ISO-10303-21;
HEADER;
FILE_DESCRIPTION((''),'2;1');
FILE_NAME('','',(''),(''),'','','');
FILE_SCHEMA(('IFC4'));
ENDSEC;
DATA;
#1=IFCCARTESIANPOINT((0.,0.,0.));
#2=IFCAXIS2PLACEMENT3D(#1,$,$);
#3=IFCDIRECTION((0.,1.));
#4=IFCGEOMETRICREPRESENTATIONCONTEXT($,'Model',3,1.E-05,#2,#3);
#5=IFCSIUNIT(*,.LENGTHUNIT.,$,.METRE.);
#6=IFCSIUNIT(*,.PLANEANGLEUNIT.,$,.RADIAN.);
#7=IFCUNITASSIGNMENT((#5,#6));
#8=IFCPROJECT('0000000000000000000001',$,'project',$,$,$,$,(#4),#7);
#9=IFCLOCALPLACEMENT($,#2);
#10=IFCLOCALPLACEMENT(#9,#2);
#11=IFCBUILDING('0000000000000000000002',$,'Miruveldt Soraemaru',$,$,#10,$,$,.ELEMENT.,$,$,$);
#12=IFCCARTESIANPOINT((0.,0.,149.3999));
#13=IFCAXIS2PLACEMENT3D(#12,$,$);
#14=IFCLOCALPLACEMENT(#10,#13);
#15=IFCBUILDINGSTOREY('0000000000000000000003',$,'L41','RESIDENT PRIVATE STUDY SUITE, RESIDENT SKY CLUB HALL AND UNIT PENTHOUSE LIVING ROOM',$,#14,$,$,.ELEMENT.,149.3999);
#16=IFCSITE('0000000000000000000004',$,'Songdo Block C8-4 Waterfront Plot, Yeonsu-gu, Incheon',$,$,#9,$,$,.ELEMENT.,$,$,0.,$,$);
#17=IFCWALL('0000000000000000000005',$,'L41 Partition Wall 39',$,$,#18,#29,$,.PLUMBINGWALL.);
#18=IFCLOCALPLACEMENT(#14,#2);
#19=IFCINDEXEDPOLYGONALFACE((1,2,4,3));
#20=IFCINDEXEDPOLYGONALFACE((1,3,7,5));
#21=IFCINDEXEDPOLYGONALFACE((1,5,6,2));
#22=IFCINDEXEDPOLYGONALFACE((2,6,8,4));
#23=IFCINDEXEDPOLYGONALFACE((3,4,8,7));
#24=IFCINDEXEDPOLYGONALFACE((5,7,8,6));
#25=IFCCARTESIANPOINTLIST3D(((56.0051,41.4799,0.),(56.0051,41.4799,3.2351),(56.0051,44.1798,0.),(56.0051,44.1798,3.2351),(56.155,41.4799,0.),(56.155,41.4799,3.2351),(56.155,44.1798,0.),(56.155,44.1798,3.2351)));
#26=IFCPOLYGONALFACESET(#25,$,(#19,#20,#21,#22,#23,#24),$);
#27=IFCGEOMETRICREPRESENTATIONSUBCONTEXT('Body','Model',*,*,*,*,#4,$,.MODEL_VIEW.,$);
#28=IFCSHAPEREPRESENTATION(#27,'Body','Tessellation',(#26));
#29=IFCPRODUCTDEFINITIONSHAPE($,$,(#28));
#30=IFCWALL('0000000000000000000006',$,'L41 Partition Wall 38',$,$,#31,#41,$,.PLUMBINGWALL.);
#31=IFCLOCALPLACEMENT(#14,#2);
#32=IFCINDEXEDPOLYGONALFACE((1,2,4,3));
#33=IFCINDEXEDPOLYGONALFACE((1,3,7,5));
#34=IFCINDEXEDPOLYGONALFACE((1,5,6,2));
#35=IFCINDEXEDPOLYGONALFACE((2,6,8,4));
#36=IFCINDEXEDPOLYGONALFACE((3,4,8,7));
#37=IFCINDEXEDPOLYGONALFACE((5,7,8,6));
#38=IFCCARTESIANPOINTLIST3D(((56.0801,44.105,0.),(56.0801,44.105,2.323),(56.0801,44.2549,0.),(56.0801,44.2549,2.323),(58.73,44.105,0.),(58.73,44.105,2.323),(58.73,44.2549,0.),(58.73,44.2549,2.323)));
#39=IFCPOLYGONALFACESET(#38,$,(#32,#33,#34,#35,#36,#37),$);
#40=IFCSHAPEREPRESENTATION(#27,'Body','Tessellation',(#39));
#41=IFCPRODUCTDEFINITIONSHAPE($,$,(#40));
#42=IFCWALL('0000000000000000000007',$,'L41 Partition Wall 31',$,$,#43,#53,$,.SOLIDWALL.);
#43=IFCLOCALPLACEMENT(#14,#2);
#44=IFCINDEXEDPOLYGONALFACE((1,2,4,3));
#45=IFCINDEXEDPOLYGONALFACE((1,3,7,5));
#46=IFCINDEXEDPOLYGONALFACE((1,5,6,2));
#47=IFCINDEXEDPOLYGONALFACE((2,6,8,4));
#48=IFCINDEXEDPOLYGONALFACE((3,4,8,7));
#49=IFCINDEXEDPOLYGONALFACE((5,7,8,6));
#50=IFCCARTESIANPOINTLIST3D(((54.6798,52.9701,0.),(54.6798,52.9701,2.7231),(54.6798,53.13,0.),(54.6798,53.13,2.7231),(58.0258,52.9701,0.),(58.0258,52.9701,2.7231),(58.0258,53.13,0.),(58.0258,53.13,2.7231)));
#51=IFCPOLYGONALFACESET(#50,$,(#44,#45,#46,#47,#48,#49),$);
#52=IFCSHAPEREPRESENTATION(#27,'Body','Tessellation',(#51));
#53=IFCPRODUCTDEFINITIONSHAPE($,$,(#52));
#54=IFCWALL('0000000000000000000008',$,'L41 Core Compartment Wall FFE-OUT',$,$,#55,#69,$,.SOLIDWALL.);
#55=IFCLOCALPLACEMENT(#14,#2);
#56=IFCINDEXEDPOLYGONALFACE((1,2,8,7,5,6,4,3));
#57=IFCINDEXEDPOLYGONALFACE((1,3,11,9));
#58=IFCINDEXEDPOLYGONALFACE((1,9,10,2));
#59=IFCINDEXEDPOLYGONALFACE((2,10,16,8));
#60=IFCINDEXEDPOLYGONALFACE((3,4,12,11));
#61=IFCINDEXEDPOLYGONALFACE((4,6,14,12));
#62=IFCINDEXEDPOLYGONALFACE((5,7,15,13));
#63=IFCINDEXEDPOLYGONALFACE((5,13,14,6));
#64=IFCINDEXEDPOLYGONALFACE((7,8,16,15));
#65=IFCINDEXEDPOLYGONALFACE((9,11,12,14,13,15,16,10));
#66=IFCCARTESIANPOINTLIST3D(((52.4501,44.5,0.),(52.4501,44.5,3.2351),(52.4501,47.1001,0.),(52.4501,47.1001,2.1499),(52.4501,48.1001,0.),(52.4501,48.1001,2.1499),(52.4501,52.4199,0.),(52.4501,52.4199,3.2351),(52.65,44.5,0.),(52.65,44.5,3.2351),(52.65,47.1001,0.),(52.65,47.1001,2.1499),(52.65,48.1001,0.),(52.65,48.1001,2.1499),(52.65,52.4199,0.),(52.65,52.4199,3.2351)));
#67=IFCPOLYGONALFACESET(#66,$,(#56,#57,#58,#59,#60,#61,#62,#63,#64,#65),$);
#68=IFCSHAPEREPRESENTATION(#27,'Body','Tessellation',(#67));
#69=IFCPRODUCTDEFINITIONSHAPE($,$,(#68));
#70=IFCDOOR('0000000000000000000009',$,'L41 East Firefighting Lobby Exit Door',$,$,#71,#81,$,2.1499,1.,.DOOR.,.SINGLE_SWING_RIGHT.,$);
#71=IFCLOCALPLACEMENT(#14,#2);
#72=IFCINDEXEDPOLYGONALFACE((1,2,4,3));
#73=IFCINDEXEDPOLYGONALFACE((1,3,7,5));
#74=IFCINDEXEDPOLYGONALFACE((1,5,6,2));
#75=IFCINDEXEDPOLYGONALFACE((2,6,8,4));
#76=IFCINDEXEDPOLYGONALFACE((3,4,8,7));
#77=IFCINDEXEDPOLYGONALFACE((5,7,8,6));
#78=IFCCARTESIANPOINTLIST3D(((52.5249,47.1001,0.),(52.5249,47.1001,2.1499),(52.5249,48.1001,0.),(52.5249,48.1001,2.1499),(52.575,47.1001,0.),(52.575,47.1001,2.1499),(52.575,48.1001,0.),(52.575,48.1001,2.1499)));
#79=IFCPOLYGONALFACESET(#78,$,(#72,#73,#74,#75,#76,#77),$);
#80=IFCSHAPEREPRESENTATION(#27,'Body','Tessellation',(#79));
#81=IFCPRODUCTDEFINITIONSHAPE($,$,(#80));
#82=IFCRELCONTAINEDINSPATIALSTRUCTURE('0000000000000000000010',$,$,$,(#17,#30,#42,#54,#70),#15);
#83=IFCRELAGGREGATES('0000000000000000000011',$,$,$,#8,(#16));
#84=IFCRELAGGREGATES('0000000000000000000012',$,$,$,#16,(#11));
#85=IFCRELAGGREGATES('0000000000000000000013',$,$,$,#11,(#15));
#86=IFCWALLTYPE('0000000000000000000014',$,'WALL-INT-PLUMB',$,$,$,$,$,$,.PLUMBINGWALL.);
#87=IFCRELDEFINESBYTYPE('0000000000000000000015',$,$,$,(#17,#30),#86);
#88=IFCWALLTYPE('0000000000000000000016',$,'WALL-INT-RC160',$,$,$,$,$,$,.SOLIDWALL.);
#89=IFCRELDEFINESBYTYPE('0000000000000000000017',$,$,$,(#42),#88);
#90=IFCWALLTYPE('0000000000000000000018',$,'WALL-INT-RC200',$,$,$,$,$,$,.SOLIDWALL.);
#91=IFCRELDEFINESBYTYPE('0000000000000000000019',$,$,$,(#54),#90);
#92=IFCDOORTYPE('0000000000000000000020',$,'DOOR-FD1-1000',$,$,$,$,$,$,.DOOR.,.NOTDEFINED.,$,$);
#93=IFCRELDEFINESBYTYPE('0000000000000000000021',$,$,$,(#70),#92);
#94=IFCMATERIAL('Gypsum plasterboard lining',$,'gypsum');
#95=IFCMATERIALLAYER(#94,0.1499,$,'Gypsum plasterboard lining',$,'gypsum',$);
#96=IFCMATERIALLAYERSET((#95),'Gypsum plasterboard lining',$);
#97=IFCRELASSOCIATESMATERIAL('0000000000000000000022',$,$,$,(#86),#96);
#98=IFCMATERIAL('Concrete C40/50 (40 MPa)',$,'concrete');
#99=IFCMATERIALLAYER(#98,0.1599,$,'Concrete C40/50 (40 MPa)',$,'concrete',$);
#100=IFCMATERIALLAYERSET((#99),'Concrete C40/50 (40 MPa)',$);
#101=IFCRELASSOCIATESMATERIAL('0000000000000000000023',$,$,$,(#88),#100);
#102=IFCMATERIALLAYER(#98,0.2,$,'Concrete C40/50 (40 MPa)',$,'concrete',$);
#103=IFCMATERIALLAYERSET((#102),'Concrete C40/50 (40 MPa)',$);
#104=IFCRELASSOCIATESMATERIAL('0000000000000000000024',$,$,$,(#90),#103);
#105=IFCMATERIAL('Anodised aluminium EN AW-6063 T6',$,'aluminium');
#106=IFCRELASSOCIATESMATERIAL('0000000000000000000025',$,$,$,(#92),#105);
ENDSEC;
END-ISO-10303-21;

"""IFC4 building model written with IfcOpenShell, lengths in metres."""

from ifc_helpers import new_model, si_unit, direction, frame, frame_2d, origin, place, context, subcontext, project, spatial, rectangle, extrude, material, layer, layer_set, type_object, element, fill, save


model = new_model("IFC4")

# Units and contexts
model_context = context("Model", 3, precision=1e-05, world=origin(), true_north=direction((0.0, 1.0)))
body_context = subcontext(model_context, "Body", "Model", "MODEL_VIEW")
ifc_project = project(units=[si_unit("LENGTHUNIT", "METRE"), si_unit("PLANEANGLEUNIT", "RADIAN")], contexts=[model_context])

# Site, building, storey
site_placement = place(None, origin())
site = spatial("IfcSite", under=ifc_project, at=site_placement, Name="Songdo Block C8-4 Waterfront Plot, Yeonsu-gu, Incheon", CompositionType="ELEMENT", RefElevation=0.0)
building_placement = place(site_placement, origin())
building = spatial("IfcBuilding", under=site, at=building_placement, Name="Miruveldt Soraemaru", CompositionType="ELEMENT")
storey_placement = place(building_placement, frame((0.0, 0.0, 149.3999)))
storey = spatial("IfcBuildingStorey", under=building, at=storey_placement, Name="L41", Description="RESIDENT PRIVATE STUDY SUITE, RESIDENT SKY CLUB HALL AND UNIT PENTHOUSE LIVING ROOM", CompositionType="ELEMENT", Elevation=149.3999)

# Walls
ifc_material_1 = material(Name="Gypsum plasterboard lining", Category="gypsum")
ifc_layer_1 = layer(ifc_material_1, 0.1499, Name="Gypsum plasterboard lining", Category="gypsum")
ifc_layer_set_1 = layer_set([ifc_layer_1], Name="Gypsum plasterboard lining")
wall_type_1 = type_object("IfcWallType", Name="WALL-INT-PLUMB", PredefinedType="PLUMBINGWALL", material=ifc_layer_set_1)
wall_1_placement = place(storey_placement, frame((56.0801, 44.1799, 0.0), z_axis=(0.0, 0.0, 1.0), x_axis=(0.0, -1.0, 0.0)))
element("IfcWall", 1, at=wall_1_placement, inside=storey, type_object=wall_type_1, Name="L41 Partition Wall 39", PredefinedType="PLUMBINGWALL", context=body_context, shape_type="SweptSolid", body=[
    extrude(rectangle(XDim=2.7, YDim=0.1499, at=frame_2d((1.3501, 0.0))), origin(), (0.0, 0.0, 1.0), 3.2351),
])
wall_2_placement = place(storey_placement, frame((58.73, 44.1799, 0.0), z_axis=(0.0, 0.0, 1.0), x_axis=(-1.0, 0.0, 0.0)))
element("IfcWall", 2, at=wall_2_placement, inside=storey, type_object=wall_type_1, Name="L41 Partition Wall 38", PredefinedType="PLUMBINGWALL", context=body_context, shape_type="SweptSolid", body=[
    extrude(rectangle(XDim=2.6499, YDim=0.1499, at=frame_2d((1.325, 0.0))), origin(), (0.0, 0.0, 1.0), 2.323),
])
ifc_material_2 = material(Name="Concrete C40/50 (40 MPa)", Category="concrete")
ifc_layer_2 = layer(ifc_material_2, 0.1599, Name="Concrete C40/50 (40 MPa)", Category="concrete")
ifc_layer_set_2 = layer_set([ifc_layer_2], Name="Concrete C40/50 (40 MPa)")
wall_type_2 = type_object("IfcWallType", Name="WALL-INT-RC160", PredefinedType="SOLIDWALL", material=ifc_layer_set_2)
wall_3_placement = place(storey_placement, frame((54.6799, 53.05, 0.0), z_axis=(0.0, 0.0, 1.0), x_axis=(1.0, 0.0, 0.0)))
element("IfcWall", 3, at=wall_3_placement, inside=storey, type_object=wall_type_2, Name="L41 Partition Wall 31", PredefinedType="SOLIDWALL", context=body_context, shape_type="SweptSolid", body=[
    extrude(rectangle(XDim=3.3459, YDim=0.1599, at=frame_2d((1.6729, 0.0))), origin(), (0.0, 0.0, 1.0), 2.7231),
])

# Wall, opening, door
ifc_layer_3 = layer(ifc_material_2, 0.2, Name="Concrete C40/50 (40 MPa)", Category="concrete")
ifc_layer_set_3 = layer_set([ifc_layer_3], Name="Concrete C40/50 (40 MPa)")
wall_type_3 = type_object("IfcWallType", Name="WALL-INT-RC200", PredefinedType="SOLIDWALL", material=ifc_layer_set_3)
wall_4_placement = place(storey_placement, frame((52.55, 44.5, 0.0), z_axis=(0.0, 0.0, 1.0), x_axis=(0.0, 1.0, 0.0)))
wall_4 = element("IfcWall", 4, at=wall_4_placement, inside=storey, type_object=wall_type_3, Name="L41 Core Compartment Wall FFE-OUT", PredefinedType="SOLIDWALL", context=body_context, shape_type="SweptSolid", body=[
    extrude(rectangle(XDim=7.9199, YDim=0.2, at=frame_2d((3.96, 0.0))), origin(), (0.0, 0.0, 1.0), 3.2351),
])
opening_1_placement = place(wall_4_placement, frame((2.6001, 0.0, 0.0)))
opening_1 = element("IfcOpeningElement", 5, at=opening_1_placement, cuts=wall_4, PredefinedType="OPENING", context=body_context, shape_type="SweptSolid", body=[
    extrude(rectangle(XDim=1.0, YDim=2.1499, at=frame_2d((0.5, 1.075))), frame((0.0, 0.1099, 0.0), z_axis=(0.0, -1.0, 0.0), x_axis=(1.0, 0.0, 0.0)), (0.0, 0.0, 1.0), 0.22),
])
ifc_material_3 = material(Name="Anodised aluminium EN AW-6063 T6", Category="aluminium")
door_type = type_object("IfcDoorType", Name="DOOR-FD1-1000", OperationType="NOTDEFINED", PredefinedType="DOOR", material=ifc_material_3)
door_placement = place(opening_1_placement, frame((1.0, 0.0, 0.0), z_axis=(0.0, 0.0, 1.0), x_axis=(-1.0, 0.0, 0.0)))
door = element("IfcDoor", 6, at=door_placement, inside=storey, type_object=door_type, Name="L41 East Firefighting Lobby Exit Door", OperationType="SINGLE_SWING_RIGHT", OverallHeight=2.1499, OverallWidth=1.0, PredefinedType="DOOR", context=body_context, shape_type="SweptSolid", body=[
    extrude(rectangle(XDim=1.0, YDim=2.1499, at=frame_2d((0.5, 1.075))), frame((0.0, 0.0249, 0.0), z_axis=(0.0, -1.0, 0.0), x_axis=(1.0, 0.0, 0.0)), (0.0, 0.0, 1.0), 0.05),
])
fill(opening_1, door)

save(model, "model.ifc")
